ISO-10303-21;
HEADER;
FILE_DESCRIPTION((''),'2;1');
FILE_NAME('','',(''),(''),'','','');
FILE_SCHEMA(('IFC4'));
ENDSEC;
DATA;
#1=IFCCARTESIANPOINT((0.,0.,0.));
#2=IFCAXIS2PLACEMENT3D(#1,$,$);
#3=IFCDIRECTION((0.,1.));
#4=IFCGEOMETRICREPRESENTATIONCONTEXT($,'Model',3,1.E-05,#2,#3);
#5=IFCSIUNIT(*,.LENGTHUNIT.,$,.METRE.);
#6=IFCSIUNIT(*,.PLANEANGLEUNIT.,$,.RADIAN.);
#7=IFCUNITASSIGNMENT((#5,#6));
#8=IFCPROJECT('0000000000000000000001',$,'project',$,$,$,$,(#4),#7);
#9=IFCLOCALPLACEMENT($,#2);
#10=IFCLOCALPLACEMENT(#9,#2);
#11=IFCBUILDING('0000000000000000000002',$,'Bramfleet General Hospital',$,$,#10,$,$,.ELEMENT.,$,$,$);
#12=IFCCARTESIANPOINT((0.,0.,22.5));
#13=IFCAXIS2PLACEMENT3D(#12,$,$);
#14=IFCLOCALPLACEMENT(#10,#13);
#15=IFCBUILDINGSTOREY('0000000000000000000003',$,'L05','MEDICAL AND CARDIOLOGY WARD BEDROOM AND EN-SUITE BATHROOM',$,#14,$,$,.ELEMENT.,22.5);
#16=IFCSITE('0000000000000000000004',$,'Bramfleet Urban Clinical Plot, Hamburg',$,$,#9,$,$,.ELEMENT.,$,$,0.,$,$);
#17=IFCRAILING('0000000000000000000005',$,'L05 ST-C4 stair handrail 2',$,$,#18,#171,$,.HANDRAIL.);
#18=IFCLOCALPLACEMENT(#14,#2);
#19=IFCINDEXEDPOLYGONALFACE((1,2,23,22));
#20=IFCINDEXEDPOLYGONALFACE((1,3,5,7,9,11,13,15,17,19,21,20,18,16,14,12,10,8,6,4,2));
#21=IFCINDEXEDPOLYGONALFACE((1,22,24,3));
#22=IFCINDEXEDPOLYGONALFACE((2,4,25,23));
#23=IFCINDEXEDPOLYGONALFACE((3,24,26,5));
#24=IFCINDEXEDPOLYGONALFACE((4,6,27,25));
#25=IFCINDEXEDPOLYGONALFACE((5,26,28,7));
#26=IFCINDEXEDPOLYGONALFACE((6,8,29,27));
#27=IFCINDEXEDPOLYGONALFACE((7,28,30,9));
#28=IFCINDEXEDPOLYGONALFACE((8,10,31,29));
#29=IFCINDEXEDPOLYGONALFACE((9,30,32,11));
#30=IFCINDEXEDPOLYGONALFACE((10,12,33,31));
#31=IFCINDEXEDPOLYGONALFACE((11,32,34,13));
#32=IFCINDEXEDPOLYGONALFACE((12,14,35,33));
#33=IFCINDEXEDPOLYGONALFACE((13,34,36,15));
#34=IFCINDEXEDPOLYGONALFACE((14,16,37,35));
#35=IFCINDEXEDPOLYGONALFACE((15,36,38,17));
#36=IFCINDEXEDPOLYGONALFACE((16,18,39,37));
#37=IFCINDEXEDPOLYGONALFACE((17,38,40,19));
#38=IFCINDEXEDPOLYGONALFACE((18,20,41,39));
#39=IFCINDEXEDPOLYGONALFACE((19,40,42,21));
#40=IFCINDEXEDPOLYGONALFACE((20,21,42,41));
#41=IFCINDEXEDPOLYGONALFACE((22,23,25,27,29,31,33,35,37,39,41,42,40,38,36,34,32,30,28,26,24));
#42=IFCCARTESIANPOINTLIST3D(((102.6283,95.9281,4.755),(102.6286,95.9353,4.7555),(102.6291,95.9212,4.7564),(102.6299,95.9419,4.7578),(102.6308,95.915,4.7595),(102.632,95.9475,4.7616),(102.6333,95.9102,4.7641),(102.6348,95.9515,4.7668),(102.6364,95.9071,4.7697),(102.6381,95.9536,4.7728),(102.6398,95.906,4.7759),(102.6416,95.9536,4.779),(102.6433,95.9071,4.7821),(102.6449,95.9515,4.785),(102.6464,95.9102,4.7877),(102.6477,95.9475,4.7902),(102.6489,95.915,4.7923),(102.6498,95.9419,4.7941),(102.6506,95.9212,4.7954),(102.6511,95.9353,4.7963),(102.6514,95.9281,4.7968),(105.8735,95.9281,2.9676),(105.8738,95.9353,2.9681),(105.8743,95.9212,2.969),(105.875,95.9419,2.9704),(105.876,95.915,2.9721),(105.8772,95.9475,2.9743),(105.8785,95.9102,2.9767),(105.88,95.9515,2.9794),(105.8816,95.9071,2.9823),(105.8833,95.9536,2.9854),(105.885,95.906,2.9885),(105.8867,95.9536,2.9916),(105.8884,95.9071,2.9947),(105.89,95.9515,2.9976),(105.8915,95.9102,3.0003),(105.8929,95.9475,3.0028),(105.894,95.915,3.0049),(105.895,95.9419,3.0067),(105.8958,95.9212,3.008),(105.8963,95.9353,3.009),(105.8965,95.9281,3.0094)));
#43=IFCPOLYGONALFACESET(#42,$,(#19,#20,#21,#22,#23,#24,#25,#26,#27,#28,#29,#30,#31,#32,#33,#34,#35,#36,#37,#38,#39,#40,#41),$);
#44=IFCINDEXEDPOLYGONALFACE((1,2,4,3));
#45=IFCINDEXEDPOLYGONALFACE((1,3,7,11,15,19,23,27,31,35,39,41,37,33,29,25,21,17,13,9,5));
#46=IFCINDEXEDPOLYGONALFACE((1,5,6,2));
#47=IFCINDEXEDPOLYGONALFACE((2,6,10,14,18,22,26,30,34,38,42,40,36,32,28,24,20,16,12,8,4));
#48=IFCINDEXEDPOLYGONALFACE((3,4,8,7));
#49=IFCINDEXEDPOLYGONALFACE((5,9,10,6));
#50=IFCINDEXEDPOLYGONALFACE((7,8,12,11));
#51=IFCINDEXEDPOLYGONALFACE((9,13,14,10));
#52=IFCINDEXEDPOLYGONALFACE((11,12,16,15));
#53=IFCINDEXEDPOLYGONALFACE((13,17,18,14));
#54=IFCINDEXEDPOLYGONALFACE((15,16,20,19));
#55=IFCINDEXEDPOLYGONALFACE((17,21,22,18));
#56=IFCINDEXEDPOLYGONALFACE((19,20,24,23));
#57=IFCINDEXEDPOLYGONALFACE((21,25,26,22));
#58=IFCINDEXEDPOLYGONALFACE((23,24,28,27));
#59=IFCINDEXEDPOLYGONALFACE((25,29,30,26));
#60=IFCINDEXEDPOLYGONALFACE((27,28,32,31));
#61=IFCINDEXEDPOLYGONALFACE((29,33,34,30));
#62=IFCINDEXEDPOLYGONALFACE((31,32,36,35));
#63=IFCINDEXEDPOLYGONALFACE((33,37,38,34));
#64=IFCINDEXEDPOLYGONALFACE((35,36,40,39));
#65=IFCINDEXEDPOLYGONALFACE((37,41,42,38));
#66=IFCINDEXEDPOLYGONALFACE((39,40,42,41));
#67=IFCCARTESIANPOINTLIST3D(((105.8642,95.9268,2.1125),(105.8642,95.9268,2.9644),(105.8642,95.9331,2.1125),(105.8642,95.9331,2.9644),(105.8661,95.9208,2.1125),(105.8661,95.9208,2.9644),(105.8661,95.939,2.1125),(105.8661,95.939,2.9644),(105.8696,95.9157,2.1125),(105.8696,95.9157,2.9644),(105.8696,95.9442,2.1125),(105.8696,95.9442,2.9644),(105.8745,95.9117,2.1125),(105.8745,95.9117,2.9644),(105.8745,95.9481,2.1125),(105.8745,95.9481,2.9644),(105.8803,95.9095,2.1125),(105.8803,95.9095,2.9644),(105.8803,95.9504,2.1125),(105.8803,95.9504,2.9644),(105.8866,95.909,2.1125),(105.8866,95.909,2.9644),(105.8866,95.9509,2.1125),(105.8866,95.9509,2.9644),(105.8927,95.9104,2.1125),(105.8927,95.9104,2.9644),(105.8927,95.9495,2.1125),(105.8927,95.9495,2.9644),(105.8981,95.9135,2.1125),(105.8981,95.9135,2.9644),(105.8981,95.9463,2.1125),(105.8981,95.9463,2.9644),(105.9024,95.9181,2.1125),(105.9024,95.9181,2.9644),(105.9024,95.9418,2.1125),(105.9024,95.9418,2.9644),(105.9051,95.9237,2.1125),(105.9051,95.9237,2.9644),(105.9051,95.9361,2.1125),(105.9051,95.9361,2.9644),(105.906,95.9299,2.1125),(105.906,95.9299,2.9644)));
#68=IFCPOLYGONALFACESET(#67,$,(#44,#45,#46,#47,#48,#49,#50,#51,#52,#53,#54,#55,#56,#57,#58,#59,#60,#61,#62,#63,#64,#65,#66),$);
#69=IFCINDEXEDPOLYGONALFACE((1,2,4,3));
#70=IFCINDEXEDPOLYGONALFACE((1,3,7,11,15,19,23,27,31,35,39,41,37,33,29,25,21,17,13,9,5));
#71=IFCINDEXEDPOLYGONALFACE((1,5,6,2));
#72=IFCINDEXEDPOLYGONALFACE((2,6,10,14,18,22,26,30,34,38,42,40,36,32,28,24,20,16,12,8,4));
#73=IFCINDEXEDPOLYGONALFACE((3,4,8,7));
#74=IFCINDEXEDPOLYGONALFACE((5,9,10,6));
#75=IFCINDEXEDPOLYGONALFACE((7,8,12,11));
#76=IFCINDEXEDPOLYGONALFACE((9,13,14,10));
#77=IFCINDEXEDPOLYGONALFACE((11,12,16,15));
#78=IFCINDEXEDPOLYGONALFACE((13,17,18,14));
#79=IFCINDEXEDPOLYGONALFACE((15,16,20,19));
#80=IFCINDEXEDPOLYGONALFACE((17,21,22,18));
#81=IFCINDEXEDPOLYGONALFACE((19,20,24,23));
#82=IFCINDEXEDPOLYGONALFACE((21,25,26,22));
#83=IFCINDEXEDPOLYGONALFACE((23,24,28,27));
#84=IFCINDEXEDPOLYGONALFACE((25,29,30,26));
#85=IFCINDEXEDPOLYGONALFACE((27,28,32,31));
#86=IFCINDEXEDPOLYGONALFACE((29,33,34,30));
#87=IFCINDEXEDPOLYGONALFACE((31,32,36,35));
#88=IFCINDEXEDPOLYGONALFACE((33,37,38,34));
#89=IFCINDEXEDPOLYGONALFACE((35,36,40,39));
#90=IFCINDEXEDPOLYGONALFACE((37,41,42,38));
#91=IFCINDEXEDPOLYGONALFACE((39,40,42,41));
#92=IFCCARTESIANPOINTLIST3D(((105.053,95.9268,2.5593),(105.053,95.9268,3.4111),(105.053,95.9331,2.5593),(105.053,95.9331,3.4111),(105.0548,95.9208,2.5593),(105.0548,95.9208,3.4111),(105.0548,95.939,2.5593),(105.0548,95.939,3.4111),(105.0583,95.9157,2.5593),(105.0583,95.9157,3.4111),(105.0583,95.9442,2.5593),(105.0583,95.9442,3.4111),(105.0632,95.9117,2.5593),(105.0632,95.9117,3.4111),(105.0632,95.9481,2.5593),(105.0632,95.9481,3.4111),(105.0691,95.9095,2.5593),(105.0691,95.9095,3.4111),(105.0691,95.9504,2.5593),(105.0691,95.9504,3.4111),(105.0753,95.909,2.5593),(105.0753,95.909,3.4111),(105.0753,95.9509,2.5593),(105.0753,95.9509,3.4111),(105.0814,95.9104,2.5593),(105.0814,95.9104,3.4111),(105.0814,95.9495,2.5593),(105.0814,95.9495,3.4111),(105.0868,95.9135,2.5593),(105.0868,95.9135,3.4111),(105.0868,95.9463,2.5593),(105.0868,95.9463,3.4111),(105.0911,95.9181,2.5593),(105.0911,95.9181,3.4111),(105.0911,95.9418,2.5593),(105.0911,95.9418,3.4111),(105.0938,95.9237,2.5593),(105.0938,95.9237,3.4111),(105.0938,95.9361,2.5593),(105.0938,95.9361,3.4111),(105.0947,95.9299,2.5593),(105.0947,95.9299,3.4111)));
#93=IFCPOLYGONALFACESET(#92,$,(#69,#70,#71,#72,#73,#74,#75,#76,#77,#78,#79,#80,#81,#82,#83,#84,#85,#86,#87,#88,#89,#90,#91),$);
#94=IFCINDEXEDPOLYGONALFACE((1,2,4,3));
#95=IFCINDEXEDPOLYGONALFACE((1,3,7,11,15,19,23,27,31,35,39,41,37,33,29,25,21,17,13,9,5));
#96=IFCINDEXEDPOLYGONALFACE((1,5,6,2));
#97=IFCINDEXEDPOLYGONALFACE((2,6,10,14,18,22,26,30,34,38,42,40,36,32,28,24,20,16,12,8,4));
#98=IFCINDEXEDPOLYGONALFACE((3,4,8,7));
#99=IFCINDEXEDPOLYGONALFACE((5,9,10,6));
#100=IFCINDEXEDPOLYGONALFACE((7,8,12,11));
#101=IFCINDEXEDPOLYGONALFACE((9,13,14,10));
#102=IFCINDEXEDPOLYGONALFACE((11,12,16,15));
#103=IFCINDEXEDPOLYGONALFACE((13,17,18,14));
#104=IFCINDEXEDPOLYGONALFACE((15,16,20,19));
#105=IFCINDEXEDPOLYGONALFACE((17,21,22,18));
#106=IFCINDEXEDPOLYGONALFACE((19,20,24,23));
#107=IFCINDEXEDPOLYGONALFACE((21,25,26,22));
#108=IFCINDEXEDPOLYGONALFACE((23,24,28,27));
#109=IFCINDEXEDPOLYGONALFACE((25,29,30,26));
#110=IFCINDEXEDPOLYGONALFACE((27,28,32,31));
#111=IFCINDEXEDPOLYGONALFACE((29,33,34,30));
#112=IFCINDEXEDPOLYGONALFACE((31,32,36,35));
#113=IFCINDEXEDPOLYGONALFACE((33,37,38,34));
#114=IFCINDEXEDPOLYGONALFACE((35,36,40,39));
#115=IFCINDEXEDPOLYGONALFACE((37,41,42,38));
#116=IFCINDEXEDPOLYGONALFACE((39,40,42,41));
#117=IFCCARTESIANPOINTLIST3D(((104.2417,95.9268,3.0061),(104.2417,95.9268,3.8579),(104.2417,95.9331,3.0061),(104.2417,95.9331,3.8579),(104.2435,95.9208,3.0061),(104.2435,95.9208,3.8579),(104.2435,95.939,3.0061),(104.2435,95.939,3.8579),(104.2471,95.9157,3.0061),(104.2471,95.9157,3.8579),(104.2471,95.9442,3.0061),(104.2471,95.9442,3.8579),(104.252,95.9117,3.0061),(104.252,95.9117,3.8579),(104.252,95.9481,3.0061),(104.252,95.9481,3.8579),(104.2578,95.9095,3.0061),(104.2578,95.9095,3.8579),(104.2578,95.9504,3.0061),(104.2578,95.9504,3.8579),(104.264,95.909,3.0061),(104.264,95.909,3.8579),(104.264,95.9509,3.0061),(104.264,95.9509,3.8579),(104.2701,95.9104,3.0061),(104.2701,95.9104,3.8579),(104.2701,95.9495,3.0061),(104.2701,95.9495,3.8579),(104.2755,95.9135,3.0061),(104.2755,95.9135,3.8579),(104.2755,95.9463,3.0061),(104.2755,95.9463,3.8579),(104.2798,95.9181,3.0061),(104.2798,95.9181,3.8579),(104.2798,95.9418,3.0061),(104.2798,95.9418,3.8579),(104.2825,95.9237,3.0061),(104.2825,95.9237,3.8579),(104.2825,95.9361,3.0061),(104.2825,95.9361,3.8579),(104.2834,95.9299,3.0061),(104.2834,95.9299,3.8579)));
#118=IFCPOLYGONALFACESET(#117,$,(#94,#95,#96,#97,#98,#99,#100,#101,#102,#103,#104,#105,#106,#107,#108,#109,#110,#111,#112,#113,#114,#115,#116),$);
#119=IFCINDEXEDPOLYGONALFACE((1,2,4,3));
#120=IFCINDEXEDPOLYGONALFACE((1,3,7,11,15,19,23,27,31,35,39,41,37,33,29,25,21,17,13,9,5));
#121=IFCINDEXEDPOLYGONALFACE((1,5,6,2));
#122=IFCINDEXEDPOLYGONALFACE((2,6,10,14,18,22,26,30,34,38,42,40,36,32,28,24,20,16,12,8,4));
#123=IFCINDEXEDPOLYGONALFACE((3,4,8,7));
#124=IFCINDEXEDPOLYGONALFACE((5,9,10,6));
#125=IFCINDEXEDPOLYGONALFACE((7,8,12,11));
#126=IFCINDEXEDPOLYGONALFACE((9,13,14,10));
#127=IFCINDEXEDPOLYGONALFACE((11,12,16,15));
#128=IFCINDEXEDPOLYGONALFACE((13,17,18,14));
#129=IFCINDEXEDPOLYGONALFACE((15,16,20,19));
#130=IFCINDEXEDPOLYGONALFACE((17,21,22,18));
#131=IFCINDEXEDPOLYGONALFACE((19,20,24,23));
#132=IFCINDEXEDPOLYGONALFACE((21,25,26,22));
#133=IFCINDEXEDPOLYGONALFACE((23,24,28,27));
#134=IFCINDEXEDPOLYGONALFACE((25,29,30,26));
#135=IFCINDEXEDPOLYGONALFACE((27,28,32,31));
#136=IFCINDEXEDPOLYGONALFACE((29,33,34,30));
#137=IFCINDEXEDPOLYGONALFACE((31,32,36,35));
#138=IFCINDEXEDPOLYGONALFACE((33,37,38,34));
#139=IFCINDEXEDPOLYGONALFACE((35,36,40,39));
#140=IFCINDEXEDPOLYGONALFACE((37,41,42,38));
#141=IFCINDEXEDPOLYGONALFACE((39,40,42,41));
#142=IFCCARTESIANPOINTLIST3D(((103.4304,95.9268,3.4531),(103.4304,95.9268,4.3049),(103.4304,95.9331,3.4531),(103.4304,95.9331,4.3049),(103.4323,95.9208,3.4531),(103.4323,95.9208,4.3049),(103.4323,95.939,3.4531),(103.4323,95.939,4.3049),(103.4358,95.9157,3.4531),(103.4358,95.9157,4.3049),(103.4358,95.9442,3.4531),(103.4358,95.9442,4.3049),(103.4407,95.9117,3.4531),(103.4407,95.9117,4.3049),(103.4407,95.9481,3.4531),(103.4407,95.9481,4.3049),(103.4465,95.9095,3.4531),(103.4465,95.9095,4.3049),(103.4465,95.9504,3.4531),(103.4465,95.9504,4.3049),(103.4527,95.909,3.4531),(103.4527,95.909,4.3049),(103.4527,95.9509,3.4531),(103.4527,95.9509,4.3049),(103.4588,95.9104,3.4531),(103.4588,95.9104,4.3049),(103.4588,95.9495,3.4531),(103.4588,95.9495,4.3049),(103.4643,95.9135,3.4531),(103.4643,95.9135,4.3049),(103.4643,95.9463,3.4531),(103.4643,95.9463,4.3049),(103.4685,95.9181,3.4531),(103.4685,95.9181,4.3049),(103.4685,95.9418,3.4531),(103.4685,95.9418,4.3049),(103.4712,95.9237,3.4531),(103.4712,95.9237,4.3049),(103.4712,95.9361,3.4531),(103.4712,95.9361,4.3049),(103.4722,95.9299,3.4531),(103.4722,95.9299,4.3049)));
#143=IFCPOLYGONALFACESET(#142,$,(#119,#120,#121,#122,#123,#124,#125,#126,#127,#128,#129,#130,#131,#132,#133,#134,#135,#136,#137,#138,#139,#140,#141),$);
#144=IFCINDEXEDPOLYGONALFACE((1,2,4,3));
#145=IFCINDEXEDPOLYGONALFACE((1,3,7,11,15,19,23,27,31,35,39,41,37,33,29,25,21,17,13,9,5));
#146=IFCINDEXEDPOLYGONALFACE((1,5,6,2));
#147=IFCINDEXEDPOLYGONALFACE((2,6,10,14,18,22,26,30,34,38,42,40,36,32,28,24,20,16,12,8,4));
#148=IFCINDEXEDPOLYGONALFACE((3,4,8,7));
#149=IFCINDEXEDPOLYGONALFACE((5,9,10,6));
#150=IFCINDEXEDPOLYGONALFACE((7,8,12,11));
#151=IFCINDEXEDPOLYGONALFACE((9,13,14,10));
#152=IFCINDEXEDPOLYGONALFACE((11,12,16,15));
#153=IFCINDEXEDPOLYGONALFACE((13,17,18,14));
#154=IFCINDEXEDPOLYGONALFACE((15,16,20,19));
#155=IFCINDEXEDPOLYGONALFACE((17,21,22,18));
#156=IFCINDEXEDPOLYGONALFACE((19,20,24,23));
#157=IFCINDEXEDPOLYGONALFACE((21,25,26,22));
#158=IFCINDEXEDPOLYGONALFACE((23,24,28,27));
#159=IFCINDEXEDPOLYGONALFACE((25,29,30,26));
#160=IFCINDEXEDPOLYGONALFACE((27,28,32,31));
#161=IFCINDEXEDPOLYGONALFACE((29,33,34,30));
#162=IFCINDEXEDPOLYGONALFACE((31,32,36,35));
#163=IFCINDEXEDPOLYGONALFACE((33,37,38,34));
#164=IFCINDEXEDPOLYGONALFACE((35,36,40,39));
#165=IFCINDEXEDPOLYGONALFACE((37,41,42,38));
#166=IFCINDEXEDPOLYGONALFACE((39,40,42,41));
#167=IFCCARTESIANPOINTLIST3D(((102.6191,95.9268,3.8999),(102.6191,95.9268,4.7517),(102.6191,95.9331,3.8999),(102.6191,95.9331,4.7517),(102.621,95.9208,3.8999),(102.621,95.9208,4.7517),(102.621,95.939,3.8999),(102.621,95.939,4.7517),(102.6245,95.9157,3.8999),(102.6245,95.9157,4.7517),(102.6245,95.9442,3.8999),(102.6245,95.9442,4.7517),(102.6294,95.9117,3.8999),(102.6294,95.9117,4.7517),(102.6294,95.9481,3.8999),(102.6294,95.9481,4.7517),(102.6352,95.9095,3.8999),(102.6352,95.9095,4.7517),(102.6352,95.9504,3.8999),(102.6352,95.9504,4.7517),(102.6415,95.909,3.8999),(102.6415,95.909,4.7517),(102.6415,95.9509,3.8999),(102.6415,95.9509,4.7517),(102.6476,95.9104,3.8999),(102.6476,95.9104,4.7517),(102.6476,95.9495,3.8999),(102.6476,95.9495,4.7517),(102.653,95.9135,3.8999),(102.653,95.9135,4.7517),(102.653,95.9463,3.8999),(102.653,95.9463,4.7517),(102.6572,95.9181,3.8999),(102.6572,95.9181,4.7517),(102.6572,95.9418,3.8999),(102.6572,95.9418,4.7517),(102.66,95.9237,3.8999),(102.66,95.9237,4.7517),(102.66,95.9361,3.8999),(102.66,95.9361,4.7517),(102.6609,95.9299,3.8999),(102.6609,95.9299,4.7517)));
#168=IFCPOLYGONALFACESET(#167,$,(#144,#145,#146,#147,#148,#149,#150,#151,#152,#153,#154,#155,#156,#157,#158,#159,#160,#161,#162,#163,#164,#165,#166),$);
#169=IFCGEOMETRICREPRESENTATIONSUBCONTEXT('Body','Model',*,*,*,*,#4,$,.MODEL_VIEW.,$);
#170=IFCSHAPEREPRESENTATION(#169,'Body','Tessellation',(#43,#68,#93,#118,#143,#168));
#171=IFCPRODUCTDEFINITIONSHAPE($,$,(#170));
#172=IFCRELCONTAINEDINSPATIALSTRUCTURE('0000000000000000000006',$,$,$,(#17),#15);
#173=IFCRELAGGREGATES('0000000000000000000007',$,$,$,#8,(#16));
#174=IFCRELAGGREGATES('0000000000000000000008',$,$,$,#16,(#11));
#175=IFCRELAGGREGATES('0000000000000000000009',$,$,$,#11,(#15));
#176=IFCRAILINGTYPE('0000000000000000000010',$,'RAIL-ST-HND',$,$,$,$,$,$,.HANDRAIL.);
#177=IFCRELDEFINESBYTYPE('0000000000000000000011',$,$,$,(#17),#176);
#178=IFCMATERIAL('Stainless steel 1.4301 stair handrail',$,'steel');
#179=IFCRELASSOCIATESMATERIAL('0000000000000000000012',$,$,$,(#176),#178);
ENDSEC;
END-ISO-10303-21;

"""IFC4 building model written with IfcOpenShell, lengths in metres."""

from ifc_helpers import new_model, si_unit, direction, frame, origin, origin_2d, place, context, subcontext, project, spatial, circle, extrude, material, type_object, element, save


model = new_model("IFC4")

# Units and contexts
model_context = context("Model", 3, precision=1e-05, world=origin(), true_north=direction((0.0, 1.0)))
body_context = subcontext(model_context, "Body", "Model", "MODEL_VIEW")
ifc_project = project(units=[si_unit("LENGTHUNIT", "METRE"), si_unit("PLANEANGLEUNIT", "RADIAN")], contexts=[model_context])

# Site, building, storey
site_placement = place(None, origin())
site = spatial("IfcSite", under=ifc_project, at=site_placement, Name="Bramfleet Urban Clinical Plot, Hamburg", CompositionType="ELEMENT", RefElevation=0.0)
building_placement = place(site_placement, origin())
building = spatial("IfcBuilding", under=site, at=building_placement, Name="Bramfleet General Hospital", CompositionType="ELEMENT")
storey_placement = place(building_placement, frame((0.0, 0.0, 22.5)))
storey = spatial("IfcBuildingStorey", under=building, at=storey_placement, Name="L05", Description="MEDICAL AND CARDIOLOGY WARD BEDROOM AND EN-SUITE BATHROOM", CompositionType="ELEMENT", Elevation=22.5)

# Railing
ifc_material_1 = material(Name="Stainless steel 1.4301 stair handrail", Category="steel")
railing_type_1 = type_object("IfcRailingType", Name="RAIL-ST-HND", PredefinedType="HANDRAIL", material=ifc_material_1)
railing_1_placement = place(storey_placement, frame((105.885, 95.9299, 2.1125)))
element("IfcRailing", 1, at=railing_1_placement, inside=storey, type_object=railing_type_1, Name="L05 ST-C4 stair handrail 2", PredefinedType="HANDRAIL", context=body_context, shape_type="SweptSolid", body=[
    extrude(circle(Radius=0.0239, at=origin_2d()), frame((0.0, 0.0, 0.876), z_axis=(-0.875926, 0.0, 0.482445), x_axis=(0.0, -1.0, 0.0)), (0.0, 0.0, 1.0), 3.7048),
    extrude(circle(Radius=0.021, at=origin_2d()), origin(), (0.0, 0.0, 1.0), 0.8518),
    extrude(circle(Radius=0.021, at=origin_2d()), frame((-0.8113, 0.0, 0.4468)), (0.0, 0.0, 1.0), 0.8518),
    extrude(circle(Radius=0.021, at=origin_2d()), frame((-1.6226, 0.0, 0.8936)), (0.0, 0.0, 1.0), 0.8518),
    extrude(circle(Radius=0.021, at=origin_2d()), frame((-2.4338, 0.0, 1.3406)), (0.0, 0.0, 1.0), 0.8518),
    extrude(circle(Radius=0.021, at=origin_2d()), frame((-3.2451, 0.0, 1.7874)), (0.0, 0.0, 1.0), 0.8518),
])

save(model, "model.ifc")
